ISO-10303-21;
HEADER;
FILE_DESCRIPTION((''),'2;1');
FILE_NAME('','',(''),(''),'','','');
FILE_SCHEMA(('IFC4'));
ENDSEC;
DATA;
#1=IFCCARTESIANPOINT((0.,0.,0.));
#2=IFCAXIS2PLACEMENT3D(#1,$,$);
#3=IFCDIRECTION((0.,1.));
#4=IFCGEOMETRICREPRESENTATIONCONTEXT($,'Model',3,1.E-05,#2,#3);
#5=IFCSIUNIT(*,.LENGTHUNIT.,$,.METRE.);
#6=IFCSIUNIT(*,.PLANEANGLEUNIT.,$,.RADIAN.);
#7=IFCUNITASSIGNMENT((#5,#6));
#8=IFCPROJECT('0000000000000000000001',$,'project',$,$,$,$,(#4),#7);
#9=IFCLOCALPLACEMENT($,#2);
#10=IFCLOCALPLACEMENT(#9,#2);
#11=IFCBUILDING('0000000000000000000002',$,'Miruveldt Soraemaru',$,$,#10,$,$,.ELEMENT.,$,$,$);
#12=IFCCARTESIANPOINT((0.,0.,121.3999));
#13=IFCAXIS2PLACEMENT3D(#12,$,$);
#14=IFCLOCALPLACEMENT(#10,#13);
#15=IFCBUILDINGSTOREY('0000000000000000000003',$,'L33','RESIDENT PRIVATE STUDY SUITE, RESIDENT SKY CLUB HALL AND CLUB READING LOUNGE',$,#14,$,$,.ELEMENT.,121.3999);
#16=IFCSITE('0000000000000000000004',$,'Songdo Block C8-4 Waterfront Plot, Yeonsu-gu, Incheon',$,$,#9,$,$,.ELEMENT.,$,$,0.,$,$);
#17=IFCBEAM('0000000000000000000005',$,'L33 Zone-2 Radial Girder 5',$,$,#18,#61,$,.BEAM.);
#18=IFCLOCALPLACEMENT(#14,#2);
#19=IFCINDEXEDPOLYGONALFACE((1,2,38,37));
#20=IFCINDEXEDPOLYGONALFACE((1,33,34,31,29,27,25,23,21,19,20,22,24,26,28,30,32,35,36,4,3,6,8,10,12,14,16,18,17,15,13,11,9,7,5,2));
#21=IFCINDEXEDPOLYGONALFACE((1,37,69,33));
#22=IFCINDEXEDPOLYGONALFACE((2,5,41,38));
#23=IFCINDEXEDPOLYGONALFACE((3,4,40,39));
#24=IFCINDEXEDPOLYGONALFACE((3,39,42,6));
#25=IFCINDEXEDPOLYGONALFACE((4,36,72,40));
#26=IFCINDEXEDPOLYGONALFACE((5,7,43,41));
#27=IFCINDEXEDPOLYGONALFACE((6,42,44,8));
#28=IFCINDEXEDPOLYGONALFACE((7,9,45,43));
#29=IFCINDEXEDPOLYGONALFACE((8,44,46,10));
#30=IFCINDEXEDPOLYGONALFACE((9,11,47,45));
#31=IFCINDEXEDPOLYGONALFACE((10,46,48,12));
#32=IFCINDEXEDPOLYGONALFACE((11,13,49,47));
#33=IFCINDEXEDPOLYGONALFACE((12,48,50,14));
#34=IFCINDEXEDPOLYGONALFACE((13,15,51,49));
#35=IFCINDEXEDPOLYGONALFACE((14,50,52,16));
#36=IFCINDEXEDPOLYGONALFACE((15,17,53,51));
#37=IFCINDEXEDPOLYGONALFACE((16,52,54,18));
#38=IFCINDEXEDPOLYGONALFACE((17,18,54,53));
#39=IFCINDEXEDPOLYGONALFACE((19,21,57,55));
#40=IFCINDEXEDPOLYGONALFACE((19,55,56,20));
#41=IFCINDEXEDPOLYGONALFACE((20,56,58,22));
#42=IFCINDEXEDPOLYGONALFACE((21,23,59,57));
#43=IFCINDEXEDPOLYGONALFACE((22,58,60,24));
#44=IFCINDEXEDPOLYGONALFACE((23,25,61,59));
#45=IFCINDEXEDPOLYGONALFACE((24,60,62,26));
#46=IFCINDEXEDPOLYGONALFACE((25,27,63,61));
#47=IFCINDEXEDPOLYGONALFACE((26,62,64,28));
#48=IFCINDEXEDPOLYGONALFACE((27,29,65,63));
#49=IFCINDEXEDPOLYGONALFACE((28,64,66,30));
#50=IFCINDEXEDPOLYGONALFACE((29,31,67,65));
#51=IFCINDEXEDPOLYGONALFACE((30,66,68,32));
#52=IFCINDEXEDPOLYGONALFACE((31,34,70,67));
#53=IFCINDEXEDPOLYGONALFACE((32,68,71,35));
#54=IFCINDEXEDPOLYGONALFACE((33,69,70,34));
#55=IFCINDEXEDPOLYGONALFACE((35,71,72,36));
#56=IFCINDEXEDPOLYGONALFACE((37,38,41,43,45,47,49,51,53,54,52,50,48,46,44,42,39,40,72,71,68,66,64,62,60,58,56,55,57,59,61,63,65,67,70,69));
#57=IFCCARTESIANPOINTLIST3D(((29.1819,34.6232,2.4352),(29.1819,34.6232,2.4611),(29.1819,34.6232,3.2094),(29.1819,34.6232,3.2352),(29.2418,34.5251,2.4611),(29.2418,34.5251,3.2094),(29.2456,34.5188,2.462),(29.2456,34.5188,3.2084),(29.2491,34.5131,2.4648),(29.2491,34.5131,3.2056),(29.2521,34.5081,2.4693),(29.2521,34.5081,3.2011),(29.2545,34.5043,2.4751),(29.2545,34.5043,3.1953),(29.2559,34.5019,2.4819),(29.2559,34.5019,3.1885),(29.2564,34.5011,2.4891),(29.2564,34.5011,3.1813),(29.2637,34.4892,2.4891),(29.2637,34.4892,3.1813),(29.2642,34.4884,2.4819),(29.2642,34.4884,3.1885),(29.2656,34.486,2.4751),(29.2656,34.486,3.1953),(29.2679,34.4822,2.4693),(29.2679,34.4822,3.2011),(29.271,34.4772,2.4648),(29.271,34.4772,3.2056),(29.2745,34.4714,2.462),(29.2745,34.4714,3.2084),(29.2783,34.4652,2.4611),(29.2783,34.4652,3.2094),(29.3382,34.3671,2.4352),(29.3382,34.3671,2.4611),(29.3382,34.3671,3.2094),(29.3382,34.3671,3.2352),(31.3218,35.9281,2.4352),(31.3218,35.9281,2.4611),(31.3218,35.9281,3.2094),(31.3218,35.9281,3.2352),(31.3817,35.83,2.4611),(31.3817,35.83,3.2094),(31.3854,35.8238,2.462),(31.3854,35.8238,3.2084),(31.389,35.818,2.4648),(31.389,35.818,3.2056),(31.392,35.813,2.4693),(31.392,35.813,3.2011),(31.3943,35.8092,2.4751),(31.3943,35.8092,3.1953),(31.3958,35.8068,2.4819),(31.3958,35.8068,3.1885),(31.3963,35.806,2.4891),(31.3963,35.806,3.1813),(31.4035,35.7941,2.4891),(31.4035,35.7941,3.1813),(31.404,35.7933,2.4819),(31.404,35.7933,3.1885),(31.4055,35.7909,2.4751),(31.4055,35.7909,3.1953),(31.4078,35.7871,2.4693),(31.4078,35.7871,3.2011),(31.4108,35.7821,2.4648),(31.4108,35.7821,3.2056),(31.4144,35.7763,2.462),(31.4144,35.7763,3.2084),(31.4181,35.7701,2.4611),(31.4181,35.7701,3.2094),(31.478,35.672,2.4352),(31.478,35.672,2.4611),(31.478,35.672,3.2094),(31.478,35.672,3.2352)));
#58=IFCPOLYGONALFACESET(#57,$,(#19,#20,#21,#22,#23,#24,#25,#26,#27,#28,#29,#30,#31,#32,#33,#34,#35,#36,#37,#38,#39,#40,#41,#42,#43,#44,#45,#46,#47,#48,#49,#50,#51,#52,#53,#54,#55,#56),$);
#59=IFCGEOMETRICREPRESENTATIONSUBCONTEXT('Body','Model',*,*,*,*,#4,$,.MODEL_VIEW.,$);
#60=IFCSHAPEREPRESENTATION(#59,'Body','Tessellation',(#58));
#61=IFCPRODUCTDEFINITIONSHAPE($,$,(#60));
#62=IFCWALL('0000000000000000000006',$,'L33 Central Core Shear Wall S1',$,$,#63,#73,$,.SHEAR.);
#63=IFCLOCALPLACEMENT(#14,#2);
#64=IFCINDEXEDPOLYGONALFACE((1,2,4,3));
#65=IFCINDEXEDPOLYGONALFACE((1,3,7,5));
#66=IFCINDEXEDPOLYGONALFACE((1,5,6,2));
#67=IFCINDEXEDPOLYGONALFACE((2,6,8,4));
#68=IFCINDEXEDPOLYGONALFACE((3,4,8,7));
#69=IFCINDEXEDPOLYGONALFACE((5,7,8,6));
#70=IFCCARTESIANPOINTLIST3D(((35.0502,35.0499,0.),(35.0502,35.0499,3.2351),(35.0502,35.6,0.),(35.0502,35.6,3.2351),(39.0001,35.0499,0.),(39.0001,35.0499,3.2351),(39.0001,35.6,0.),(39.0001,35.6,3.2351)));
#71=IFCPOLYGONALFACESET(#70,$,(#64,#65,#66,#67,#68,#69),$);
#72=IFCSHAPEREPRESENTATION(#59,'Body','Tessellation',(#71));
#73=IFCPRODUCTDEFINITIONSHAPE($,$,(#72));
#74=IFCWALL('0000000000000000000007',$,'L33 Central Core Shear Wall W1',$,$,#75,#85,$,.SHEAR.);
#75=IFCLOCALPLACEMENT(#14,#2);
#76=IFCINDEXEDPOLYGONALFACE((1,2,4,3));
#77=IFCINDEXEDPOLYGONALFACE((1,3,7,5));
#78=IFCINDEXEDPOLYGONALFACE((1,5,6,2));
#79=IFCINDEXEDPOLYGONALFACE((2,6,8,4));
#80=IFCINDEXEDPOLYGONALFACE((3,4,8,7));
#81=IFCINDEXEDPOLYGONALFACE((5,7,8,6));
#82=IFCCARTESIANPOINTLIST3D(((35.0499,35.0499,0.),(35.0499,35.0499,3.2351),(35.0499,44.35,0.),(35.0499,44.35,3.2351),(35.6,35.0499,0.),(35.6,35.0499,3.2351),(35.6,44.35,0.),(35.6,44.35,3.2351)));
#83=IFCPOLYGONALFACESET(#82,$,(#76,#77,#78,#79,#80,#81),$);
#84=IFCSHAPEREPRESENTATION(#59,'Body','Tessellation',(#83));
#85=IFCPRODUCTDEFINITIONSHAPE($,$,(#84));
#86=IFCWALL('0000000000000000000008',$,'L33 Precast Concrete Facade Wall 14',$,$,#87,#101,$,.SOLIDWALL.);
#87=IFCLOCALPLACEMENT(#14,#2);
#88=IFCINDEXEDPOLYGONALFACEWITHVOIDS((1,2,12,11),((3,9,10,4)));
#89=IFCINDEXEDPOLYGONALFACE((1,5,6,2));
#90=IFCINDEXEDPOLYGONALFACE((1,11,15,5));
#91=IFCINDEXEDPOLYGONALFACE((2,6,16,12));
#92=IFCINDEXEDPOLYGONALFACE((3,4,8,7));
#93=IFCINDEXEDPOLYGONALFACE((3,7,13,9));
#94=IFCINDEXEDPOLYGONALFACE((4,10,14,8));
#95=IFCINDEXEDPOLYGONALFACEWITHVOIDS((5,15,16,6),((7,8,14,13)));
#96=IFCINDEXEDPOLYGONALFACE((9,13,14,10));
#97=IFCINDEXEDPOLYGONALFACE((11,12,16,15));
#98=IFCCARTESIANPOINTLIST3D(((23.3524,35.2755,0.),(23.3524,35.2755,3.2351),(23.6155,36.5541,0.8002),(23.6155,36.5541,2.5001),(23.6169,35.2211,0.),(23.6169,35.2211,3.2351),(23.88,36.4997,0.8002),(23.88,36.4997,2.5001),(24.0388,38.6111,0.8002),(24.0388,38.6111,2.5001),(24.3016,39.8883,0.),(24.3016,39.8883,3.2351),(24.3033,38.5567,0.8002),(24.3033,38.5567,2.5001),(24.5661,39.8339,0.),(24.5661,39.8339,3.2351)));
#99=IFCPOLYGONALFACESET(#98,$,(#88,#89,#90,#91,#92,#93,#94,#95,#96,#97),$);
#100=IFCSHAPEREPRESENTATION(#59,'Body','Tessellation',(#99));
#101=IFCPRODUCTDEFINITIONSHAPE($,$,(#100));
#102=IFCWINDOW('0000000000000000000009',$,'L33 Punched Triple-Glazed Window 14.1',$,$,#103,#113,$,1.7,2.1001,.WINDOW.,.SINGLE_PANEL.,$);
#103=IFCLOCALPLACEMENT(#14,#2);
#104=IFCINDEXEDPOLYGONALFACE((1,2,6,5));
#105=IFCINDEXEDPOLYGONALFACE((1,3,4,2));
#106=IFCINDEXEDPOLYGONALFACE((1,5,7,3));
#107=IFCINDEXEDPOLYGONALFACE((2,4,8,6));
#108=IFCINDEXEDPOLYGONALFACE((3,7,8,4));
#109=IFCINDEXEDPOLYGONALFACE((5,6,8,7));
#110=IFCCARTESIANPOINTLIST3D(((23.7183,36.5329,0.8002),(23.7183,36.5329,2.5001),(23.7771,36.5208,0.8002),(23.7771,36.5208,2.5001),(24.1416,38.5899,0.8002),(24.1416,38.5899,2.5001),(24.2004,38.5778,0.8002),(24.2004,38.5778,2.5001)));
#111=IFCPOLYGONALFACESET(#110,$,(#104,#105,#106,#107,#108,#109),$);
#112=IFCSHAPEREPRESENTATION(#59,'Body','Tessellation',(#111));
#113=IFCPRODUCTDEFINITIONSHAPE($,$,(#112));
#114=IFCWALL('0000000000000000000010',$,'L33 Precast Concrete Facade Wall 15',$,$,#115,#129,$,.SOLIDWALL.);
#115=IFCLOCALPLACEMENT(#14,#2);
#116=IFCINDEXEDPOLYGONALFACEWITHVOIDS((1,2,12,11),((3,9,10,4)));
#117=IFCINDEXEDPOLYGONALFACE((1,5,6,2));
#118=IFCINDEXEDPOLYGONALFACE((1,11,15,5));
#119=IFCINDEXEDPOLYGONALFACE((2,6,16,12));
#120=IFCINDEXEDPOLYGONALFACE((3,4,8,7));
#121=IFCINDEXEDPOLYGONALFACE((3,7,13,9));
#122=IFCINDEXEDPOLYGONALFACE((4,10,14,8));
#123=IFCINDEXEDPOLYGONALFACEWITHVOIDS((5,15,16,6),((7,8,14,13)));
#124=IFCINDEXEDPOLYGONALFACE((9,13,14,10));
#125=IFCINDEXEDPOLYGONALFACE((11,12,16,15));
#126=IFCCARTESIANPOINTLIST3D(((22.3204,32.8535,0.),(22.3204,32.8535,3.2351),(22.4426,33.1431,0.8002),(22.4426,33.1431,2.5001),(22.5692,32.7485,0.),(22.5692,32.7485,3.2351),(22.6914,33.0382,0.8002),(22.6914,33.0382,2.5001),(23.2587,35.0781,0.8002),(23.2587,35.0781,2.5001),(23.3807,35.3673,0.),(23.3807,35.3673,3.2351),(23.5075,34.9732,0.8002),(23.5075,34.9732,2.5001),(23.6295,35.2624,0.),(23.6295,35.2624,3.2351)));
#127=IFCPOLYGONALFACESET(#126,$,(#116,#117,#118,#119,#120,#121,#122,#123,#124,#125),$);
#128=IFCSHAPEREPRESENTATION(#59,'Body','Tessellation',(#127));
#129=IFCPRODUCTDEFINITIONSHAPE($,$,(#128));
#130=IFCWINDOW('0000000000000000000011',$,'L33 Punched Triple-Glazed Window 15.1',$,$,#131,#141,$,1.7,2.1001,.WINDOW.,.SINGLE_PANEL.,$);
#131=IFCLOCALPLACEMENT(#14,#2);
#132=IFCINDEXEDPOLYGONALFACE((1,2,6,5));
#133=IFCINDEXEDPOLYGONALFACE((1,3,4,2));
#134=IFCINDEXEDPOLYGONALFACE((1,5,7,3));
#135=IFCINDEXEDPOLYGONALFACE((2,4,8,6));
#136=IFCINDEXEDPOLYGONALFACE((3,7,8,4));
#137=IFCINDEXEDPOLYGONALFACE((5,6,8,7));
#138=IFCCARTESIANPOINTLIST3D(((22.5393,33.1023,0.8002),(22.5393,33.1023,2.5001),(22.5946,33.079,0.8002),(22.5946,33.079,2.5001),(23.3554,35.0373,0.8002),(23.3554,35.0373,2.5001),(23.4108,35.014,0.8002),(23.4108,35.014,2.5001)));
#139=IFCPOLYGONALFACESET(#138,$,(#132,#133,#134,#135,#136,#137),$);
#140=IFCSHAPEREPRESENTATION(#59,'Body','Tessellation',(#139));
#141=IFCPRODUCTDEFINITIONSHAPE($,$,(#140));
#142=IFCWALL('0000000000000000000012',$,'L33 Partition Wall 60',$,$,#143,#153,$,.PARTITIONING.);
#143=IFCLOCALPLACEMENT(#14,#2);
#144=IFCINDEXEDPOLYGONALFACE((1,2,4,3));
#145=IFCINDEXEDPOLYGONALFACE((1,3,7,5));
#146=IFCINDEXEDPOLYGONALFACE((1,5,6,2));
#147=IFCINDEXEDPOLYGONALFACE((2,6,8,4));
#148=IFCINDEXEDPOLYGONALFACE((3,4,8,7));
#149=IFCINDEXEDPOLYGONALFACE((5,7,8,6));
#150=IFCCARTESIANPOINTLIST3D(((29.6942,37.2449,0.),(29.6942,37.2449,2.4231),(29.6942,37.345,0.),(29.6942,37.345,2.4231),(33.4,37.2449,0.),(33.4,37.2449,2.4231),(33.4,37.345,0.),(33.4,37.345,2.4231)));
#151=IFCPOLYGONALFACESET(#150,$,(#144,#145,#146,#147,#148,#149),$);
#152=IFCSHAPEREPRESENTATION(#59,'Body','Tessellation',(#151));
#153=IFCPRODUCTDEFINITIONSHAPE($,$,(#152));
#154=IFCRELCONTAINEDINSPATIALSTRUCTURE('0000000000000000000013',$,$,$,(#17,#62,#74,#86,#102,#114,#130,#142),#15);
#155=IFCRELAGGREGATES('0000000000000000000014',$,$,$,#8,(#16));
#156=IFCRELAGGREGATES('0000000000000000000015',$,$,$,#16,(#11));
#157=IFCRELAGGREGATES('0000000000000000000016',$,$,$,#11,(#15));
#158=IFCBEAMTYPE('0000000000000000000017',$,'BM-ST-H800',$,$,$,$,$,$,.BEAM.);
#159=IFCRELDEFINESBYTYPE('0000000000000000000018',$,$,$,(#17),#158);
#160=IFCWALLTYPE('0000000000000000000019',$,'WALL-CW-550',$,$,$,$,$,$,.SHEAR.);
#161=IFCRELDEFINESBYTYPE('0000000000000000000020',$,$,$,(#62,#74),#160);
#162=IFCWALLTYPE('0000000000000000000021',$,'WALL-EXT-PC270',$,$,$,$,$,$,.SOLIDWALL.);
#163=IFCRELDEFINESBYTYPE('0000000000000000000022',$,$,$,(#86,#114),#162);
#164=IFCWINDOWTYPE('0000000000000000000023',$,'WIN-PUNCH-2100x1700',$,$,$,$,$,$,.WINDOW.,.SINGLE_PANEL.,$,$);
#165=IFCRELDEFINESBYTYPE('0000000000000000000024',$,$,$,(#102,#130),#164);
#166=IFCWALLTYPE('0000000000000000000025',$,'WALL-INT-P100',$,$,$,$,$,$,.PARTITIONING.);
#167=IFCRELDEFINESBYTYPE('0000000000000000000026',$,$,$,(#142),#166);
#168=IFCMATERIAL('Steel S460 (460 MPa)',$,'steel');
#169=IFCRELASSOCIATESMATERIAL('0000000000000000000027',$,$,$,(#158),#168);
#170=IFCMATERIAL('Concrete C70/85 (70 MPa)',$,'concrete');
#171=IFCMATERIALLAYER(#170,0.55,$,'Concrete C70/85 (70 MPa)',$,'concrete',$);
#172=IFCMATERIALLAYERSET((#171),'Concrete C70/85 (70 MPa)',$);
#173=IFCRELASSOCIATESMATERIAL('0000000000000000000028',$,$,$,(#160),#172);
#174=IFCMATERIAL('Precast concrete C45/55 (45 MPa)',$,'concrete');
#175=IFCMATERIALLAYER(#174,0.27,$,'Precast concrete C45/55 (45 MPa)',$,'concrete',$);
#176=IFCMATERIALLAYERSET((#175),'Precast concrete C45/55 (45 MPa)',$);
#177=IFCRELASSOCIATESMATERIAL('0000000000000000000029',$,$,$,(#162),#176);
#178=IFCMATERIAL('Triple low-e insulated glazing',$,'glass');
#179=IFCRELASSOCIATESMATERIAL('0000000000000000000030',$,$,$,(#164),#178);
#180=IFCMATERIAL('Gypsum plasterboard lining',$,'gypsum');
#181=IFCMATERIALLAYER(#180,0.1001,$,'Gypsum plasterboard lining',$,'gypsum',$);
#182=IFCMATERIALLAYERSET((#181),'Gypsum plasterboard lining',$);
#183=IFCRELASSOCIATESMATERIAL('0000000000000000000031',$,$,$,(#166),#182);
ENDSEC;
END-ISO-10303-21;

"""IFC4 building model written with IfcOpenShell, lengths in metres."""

from ifc_helpers import new_model, si_unit, direction, frame, frame_2d, origin, origin_2d, place, context, subcontext, project, spatial, rectangle, i_section, extrude, material, layer, layer_set, material_profile, profile_set, type_object, element, fill, save


model = new_model("IFC4")

# Units and contexts
model_context = context("Model", 3, precision=1e-05, world=origin(), true_north=direction((0.0, 1.0)))
body_context = subcontext(model_context, "Body", "Model", "MODEL_VIEW")
ifc_project = project(units=[si_unit("LENGTHUNIT", "METRE"), si_unit("PLANEANGLEUNIT", "RADIAN")], contexts=[model_context])

# Site, building, storey
site_placement = place(None, origin())
site = spatial("IfcSite", under=ifc_project, at=site_placement, Name="Songdo Block C8-4 Waterfront Plot, Yeonsu-gu, Incheon", CompositionType="ELEMENT", RefElevation=0.0)
building_placement = place(site_placement, origin())
building = spatial("IfcBuilding", under=site, at=building_placement, Name="Miruveldt Soraemaru", CompositionType="ELEMENT")
storey_placement = place(building_placement, frame((0.0, 0.0, 121.3999)))
storey = spatial("IfcBuildingStorey", under=building, at=storey_placement, Name="L33", Description="RESIDENT PRIVATE STUDY SUITE, RESIDENT SKY CLUB HALL AND CLUB READING LOUNGE", CompositionType="ELEMENT", Elevation=121.3999)

# Shared definitions
ifc_material_1 = material(Name="Concrete C70/85 (70 MPa)", Category="concrete")

# Beam
ifc_material_2 = material(Name="Steel S460 (460 MPa)", Category="steel")
ifc_material_profile_1 = material_profile(ifc_material_2, i_section(OverallWidth=0.3, OverallDepth=0.8, WebThickness=0.0139, FlangeThickness=0.0259, FilletRadius=0.0281, at=origin_2d()), Name="Steel S460 (460 MPa)", Category="steel")
ifc_profile_set_1 = profile_set([ifc_material_profile_1], Name="Steel S460 (460 MPa)")
beam_type_1 = type_object("IfcBeamType", Name="BM-ST-H800", PredefinedType="BEAM", material=ifc_profile_set_1)
beam_1_placement = place(storey_placement, frame((31.3999, 35.8, 2.8352), z_axis=(-0.853775, -0.520642, 0.0), x_axis=(0.520642, -0.853775, 0.0)))
element("IfcBeam", 1, at=beam_1_placement, inside=storey, type_object=beam_type_1, Name="L33 Zone-2 Radial Girder 5", PredefinedType="BEAM", context=body_context, shape_type="SweptSolid", body=[
    extrude(i_section(OverallWidth=0.3, OverallDepth=0.8, WebThickness=0.0139, FlangeThickness=0.0259, FilletRadius=0.0281, at=origin_2d()), origin(), (0.0, 0.0, 1.0), 2.5063),
])

# Walls
ifc_layer_1 = layer(ifc_material_1, 0.55, Name="Concrete C70/85 (70 MPa)", Category="concrete")
ifc_layer_set_1 = layer_set([ifc_layer_1], Name="Concrete C70/85 (70 MPa)")
wall_type_1 = type_object("IfcWallType", Name="WALL-CW-550", PredefinedType="SHEAR", material=ifc_layer_set_1)
wall_1_placement = place(storey_placement, frame((35.05, 35.325, 0.0), z_axis=(0.0, 0.0, 1.0), x_axis=(1.0, 0.0, 0.0)))
element("IfcWall", 2, at=wall_1_placement, inside=storey, type_object=wall_type_1, Name="L33 Central Core Shear Wall S1", PredefinedType="SHEAR", context=body_context, shape_type="SweptSolid", body=[
    extrude(rectangle(XDim=3.95, YDim=0.55, at=frame_2d((1.9751, 0.0))), origin(), (0.0, 0.0, 1.0), 3.2351),
])
wall_2_placement = place(storey_placement, frame((35.325, 35.05, 0.0), z_axis=(0.0, 0.0, 1.0), x_axis=(0.0, 1.0, 0.0)))
element("IfcWall", 3, at=wall_2_placement, inside=storey, type_object=wall_type_1, Name="L33 Central Core Shear Wall W1", PredefinedType="SHEAR", context=body_context, shape_type="SweptSolid", body=[
    extrude(rectangle(XDim=9.3, YDim=0.55, at=frame_2d((4.6499, 0.0))), origin(), (0.0, 0.0, 1.0), 3.2351),
])

# Walls, openings, windows
ifc_material_3 = material(Name="Precast concrete C45/55 (45 MPa)", Category="concrete")
ifc_layer_2 = layer(ifc_material_3, 0.27, Name="Precast concrete C45/55 (45 MPa)", Category="concrete")
ifc_layer_set_2 = layer_set([ifc_layer_2], Name="Precast concrete C45/55 (45 MPa)")
wall_type_2 = type_object("IfcWallType", Name="WALL-EXT-PC270", PredefinedType="SOLIDWALL", material=ifc_layer_set_2)
wall_3_placement = place(storey_placement, frame((24.4338, 39.8611, 0.0), z_axis=(0.0, 0.0, 1.0), x_axis=(-0.201556, -0.979477, 0.0)))
wall_3 = element("IfcWall", 4, at=wall_3_placement, inside=storey, type_object=wall_type_2, Name="L33 Precast Concrete Facade Wall 14", PredefinedType="SOLIDWALL", context=body_context, shape_type="SweptSolid", body=[
    extrude(rectangle(XDim=4.7095, YDim=0.27, at=frame_2d((2.3547, 0.0))), origin(), (0.0, 0.0, 1.0), 3.2351),
])
opening_1_placement = place(wall_3_placement, frame((1.304, 0.0, 0.8)))
opening_1 = element("IfcOpeningElement", 5, at=opening_1_placement, cuts=wall_3, PredefinedType="OPENING", context=body_context, shape_type="SweptSolid", body=[
    extrude(rectangle(XDim=2.1001, YDim=1.7, at=frame_2d((1.05, 0.8501))), frame((0.0, 0.145, 0.0), z_axis=(0.0, -1.0, 0.0), x_axis=(1.0, 0.0, 0.0)), (0.0, 0.0, 1.0), 0.29),
])
ifc_material_4 = material(Name="Triple low-e insulated glazing", Category="glass")
window_type = type_object("IfcWindowType", Name="WIN-PUNCH-2100x1700", PartitioningType="SINGLE_PANEL", PredefinedType="WINDOW", material=ifc_material_4)
window_1_placement = place(opening_1_placement, origin())
window_1 = element("IfcWindow", 6, at=window_1_placement, inside=storey, type_object=window_type, Name="L33 Punched Triple-Glazed Window 14.1", OverallHeight=1.7, OverallWidth=2.1001, PartitioningType="SINGLE_PANEL", PredefinedType="WINDOW", context=body_context, shape_type="SweptSolid", body=[
    extrude(rectangle(XDim=2.1001, YDim=1.7, at=frame_2d((1.05, 0.8501))), frame((0.0, 0.03, 0.0), z_axis=(0.0, -1.0, 0.0), x_axis=(1.0, 0.0, 0.0)), (0.0, 0.0, 1.0), 0.0601),
])
fill(opening_1, window_1)
wall_4_placement = place(storey_placement, frame((23.5051, 35.3149, 0.0), z_axis=(0.0, 0.0, 1.0), x_axis=(-0.388621, -0.921398, 0.0)))
wall_4 = element("IfcWall", 7, at=wall_4_placement, inside=storey, type_object=wall_type_2, Name="L33 Precast Concrete Facade Wall 15", PredefinedType="SOLIDWALL", context=body_context, shape_type="SweptSolid", body=[
    extrude(rectangle(XDim=2.7283, YDim=0.27, at=frame_2d((1.3643, 0.0))), origin(), (0.0, 0.0, 1.0), 3.2351),
])
opening_2_placement = place(wall_4_placement, frame((0.314, 0.0, 0.8)))
opening_2 = element("IfcOpeningElement", 8, at=opening_2_placement, cuts=wall_4, PredefinedType="OPENING", context=body_context, shape_type="SweptSolid", body=[
    extrude(rectangle(XDim=2.1001, YDim=1.7, at=frame_2d((1.05, 0.8501))), frame((0.0, 0.145, 0.0), z_axis=(0.0, -1.0, 0.0), x_axis=(1.0, 0.0, 0.0)), (0.0, 0.0, 1.0), 0.29),
])
window_2_placement = place(opening_2_placement, origin())
window_2 = element("IfcWindow", 9, at=window_2_placement, inside=storey, type_object=window_type, Name="L33 Punched Triple-Glazed Window 15.1", OverallHeight=1.7, OverallWidth=2.1001, PartitioningType="SINGLE_PANEL", PredefinedType="WINDOW", context=body_context, shape_type="SweptSolid", body=[
    extrude(rectangle(XDim=2.1001, YDim=1.7, at=frame_2d((1.05, 0.8501))), frame((0.0, 0.03, 0.0), z_axis=(0.0, -1.0, 0.0), x_axis=(1.0, 0.0, 0.0)), (0.0, 0.0, 1.0), 0.0601),
])
fill(opening_2, window_2)

# Wall
ifc_material_5 = material(Name="Gypsum plasterboard lining", Category="gypsum")
ifc_layer_3 = layer(ifc_material_5, 0.1001, Name="Gypsum plasterboard lining", Category="gypsum")
ifc_layer_set_3 = layer_set([ifc_layer_3], Name="Gypsum plasterboard lining")
wall_type_3 = type_object("IfcWallType", Name="WALL-INT-P100", PredefinedType="PARTITIONING", material=ifc_layer_set_3)
wall_5_placement = place(storey_placement, frame((29.6941, 37.2949, 0.0), z_axis=(0.0, 0.0, 1.0), x_axis=(1.0, 0.0, 0.0)))
element("IfcWall", 10, at=wall_5_placement, inside=storey, type_object=wall_type_3, Name="L33 Partition Wall 60", PredefinedType="PARTITIONING", context=body_context, shape_type="SweptSolid", body=[
    extrude(rectangle(XDim=3.7058, YDim=0.1001, at=frame_2d((1.853, 0.0))), origin(), (0.0, 0.0, 1.0), 2.4231),
])

save(model, "model.ifc")
